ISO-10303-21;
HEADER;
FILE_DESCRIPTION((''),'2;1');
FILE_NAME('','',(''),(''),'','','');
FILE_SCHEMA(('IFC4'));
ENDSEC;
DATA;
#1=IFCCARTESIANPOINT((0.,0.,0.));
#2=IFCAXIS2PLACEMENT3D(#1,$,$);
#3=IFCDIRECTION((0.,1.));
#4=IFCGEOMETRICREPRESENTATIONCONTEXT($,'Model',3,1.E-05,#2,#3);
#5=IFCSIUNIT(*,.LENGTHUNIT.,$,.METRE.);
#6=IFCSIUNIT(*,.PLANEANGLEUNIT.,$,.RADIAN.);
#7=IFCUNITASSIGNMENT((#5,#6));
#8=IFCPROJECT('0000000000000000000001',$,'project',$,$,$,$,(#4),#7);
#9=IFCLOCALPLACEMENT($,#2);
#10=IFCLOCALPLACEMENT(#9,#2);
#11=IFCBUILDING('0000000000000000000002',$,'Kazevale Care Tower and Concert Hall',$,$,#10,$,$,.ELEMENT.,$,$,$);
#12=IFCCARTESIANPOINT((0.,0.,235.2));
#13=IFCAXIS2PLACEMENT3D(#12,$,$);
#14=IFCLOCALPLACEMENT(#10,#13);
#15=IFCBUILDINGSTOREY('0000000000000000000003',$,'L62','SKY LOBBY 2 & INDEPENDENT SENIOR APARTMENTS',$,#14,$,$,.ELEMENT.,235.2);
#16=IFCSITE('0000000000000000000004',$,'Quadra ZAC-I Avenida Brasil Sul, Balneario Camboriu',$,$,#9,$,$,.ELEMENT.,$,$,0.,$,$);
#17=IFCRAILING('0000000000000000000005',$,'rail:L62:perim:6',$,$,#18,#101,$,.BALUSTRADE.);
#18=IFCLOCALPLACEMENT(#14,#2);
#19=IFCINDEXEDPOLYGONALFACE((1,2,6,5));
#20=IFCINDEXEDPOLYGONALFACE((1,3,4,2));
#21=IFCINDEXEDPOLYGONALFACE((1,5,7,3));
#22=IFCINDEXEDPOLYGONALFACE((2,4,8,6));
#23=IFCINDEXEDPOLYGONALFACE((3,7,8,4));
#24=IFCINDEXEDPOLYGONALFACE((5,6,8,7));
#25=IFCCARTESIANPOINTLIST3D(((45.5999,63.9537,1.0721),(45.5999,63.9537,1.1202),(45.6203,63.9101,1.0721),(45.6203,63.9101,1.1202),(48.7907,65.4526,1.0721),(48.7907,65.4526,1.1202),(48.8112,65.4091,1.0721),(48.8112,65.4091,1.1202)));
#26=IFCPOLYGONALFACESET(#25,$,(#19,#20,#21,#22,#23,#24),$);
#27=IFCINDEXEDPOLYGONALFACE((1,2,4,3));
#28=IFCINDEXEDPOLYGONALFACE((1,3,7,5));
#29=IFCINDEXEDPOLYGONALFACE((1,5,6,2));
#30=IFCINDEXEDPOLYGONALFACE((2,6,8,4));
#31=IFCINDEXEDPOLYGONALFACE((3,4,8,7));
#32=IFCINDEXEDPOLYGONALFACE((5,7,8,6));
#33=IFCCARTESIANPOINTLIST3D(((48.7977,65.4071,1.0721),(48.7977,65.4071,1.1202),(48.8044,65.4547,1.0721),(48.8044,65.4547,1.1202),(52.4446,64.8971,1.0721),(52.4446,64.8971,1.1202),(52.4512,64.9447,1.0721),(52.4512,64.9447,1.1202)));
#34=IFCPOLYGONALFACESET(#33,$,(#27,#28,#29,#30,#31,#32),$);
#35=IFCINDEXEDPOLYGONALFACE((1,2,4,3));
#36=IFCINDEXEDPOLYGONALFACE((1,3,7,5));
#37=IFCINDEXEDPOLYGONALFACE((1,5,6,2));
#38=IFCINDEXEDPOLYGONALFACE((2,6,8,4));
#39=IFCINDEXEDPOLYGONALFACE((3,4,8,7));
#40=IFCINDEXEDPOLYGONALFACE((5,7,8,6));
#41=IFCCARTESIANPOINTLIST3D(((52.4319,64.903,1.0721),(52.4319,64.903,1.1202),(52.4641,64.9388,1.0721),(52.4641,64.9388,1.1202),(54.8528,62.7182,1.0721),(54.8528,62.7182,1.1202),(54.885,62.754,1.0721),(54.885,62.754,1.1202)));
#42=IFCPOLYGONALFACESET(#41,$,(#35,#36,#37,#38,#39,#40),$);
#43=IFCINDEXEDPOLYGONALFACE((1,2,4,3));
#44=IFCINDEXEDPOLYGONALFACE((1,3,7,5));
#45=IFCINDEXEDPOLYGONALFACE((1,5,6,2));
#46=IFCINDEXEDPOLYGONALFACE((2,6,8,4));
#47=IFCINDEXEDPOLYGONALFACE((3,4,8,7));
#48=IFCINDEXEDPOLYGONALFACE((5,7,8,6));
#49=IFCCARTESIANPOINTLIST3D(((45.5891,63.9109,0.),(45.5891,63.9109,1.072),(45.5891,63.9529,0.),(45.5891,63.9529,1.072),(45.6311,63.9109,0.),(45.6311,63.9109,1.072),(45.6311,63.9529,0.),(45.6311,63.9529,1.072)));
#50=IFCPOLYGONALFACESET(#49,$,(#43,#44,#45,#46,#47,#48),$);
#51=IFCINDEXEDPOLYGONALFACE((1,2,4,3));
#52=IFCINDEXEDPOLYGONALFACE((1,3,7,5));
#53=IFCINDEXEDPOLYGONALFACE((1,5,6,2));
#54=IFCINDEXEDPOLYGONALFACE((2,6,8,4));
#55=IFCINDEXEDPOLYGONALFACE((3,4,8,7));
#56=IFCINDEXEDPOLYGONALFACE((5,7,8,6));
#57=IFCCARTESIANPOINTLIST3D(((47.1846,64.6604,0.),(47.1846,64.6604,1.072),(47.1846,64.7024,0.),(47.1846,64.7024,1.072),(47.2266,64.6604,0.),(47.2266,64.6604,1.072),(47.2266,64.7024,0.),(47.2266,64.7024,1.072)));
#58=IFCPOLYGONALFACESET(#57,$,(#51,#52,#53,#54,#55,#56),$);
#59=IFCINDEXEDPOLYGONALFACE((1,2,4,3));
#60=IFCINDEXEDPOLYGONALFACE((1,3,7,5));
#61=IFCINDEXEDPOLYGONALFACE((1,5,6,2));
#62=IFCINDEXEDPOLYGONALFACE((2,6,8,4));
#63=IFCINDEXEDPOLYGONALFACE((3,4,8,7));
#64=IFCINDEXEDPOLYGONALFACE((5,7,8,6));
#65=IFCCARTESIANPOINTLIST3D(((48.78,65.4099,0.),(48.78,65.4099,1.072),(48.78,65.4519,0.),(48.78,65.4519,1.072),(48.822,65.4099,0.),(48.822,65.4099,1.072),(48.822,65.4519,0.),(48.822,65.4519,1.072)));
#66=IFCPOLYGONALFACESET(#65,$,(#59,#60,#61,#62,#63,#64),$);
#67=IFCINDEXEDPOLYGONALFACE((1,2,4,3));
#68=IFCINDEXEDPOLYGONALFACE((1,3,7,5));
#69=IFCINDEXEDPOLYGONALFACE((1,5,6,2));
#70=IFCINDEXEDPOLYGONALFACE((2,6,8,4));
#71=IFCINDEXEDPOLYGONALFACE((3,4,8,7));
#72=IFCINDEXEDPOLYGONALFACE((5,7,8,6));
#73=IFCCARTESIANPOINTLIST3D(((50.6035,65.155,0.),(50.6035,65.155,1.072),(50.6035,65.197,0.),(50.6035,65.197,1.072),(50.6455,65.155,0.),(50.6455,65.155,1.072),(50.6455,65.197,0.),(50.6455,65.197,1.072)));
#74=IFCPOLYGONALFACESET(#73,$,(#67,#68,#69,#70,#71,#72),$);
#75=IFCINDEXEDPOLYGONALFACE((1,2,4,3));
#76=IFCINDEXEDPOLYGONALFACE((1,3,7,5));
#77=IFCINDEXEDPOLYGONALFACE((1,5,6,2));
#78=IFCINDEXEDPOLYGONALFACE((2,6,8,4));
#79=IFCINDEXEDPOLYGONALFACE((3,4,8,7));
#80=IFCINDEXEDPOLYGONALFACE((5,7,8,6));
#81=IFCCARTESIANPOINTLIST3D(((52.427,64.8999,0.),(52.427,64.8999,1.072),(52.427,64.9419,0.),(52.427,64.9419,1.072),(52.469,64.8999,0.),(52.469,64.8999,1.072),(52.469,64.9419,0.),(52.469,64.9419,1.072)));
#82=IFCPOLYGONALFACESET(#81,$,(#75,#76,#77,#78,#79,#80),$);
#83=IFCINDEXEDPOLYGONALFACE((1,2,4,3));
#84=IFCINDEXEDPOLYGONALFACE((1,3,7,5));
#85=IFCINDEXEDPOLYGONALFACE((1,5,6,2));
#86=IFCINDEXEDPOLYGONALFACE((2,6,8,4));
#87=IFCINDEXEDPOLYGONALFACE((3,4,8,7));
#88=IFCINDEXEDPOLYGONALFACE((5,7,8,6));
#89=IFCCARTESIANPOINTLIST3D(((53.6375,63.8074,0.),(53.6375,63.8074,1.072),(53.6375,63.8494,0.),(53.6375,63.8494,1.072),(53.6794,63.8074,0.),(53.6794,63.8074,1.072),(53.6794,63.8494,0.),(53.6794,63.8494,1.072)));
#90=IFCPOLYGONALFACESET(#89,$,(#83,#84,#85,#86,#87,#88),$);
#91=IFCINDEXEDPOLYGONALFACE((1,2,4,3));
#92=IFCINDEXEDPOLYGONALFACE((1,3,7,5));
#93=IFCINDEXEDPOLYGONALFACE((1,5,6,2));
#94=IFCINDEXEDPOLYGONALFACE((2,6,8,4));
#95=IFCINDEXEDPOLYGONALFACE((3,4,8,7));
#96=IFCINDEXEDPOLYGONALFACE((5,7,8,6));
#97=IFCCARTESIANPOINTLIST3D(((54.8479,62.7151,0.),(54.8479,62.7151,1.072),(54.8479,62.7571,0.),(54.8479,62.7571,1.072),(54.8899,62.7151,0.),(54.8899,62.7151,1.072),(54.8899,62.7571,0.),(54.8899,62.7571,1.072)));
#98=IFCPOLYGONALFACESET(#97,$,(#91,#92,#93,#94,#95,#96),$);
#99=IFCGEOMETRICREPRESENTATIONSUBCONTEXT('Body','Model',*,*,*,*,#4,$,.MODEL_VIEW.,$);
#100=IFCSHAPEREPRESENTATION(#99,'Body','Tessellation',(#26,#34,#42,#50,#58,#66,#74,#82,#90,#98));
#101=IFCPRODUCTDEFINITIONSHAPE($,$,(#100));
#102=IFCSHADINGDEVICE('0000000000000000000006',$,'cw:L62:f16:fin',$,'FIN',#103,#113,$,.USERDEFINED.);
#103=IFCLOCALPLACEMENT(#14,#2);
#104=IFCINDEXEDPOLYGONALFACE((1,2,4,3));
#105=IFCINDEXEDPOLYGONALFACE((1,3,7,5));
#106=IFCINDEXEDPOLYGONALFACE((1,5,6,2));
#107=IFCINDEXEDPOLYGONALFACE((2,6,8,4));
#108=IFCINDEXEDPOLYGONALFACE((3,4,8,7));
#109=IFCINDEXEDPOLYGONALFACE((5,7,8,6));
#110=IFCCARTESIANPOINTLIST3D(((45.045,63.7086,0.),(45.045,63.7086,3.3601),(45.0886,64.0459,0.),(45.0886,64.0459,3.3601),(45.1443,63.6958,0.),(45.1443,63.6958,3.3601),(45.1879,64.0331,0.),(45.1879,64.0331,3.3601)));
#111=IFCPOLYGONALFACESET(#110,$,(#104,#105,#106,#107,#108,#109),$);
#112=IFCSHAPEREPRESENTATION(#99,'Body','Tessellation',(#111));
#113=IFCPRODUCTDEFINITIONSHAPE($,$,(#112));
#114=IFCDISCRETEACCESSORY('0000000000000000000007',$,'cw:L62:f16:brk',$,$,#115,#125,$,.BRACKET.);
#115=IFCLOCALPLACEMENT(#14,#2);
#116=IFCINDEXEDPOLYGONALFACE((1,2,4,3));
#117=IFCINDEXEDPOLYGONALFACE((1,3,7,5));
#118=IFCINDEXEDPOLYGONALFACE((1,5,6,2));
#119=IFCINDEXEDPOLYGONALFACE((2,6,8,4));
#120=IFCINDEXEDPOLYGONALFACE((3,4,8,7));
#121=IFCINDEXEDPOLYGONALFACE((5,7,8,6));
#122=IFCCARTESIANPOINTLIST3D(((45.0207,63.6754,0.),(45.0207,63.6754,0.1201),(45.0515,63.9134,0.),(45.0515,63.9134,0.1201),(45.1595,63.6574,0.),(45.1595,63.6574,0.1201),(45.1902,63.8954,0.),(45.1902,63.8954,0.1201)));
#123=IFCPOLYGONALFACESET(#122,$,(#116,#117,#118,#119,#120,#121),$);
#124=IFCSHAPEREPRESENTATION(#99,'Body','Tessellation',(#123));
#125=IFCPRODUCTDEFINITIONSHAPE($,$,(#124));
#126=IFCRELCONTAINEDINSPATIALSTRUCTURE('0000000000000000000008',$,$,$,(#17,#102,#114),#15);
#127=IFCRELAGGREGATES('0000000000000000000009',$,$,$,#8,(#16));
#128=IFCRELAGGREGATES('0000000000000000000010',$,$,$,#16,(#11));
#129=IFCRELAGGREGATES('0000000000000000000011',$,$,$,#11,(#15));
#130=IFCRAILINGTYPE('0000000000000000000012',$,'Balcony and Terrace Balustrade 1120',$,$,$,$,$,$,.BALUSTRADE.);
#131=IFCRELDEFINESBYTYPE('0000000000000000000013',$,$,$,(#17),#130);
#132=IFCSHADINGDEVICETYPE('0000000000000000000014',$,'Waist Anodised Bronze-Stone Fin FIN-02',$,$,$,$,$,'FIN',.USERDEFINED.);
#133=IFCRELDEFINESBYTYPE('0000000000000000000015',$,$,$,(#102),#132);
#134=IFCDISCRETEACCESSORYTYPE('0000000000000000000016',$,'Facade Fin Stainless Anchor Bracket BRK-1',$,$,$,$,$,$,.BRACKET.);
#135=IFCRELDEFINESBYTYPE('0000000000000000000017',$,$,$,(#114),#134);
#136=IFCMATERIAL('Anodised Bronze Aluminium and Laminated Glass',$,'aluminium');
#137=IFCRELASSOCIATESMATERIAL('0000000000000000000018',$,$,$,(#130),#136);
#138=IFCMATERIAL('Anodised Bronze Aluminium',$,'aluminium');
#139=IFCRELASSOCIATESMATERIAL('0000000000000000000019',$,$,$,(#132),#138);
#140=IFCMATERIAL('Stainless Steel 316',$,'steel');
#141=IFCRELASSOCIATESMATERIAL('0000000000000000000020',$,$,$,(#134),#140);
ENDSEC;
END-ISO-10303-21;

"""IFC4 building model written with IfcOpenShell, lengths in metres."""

from ifc_helpers import new_model, si_unit, direction, frame, origin, origin_2d, place, context, subcontext, project, spatial, rectangle, extrude, material, type_object, element, save


model = new_model("IFC4")

# Units and contexts
model_context = context("Model", 3, precision=1e-05, world=origin(), true_north=direction((0.0, 1.0)))
body_context = subcontext(model_context, "Body", "Model", "MODEL_VIEW")
ifc_project = project(units=[si_unit("LENGTHUNIT", "METRE"), si_unit("PLANEANGLEUNIT", "RADIAN")], contexts=[model_context])

# Site, building, storey
site_placement = place(None, origin())
site = spatial("IfcSite", under=ifc_project, at=site_placement, Name="Quadra ZAC-I Avenida Brasil Sul, Balneario Camboriu", CompositionType="ELEMENT", RefElevation=0.0)
building_placement = place(site_placement, origin())
building = spatial("IfcBuilding", under=site, at=building_placement, Name="Kazevale Care Tower and Concert Hall", CompositionType="ELEMENT")
storey_placement = place(building_placement, frame((0.0, 0.0, 235.2)))
storey = spatial("IfcBuildingStorey", under=building, at=storey_placement, Name="L62", Description="SKY LOBBY 2 & INDEPENDENT SENIOR APARTMENTS", CompositionType="ELEMENT", Elevation=235.2)

# Railing
ifc_material_1 = material(Name="Anodised Bronze Aluminium and Laminated Glass", Category="aluminium")
railing_type = type_object("IfcRailingType", Name="Balcony and Terrace Balustrade 1120", PredefinedType="BALUSTRADE", material=ifc_material_1)
railing_placement = place(storey_placement, frame((45.6101, 63.9319, 0.0)))
element("IfcRailing", 1, at=railing_placement, inside=storey, type_object=railing_type, Name="rail:L62:perim:6", PredefinedType="BALUSTRADE", context=body_context, shape_type="SweptSolid", body=[
    extrude(rectangle(XDim=0.0481, YDim=0.0481, at=origin_2d()), frame((0.0, 0.0, 1.0962), z_axis=(0.905101, 0.425197, 0.0), x_axis=(-0.425197, 0.905101, 0.0)), (0.0, 0.0, 1.0), 3.5254),
    extrude(rectangle(XDim=0.0481, YDim=0.0481, at=origin_2d()), frame((3.1909, 1.499, 1.0962), z_axis=(0.990363, -0.138497, 0.0), x_axis=(0.138497, 0.990363, 0.0)), (0.0, 0.0, 1.0), 3.6824),
    extrude(rectangle(XDim=0.0481, YDim=0.0481, at=origin_2d()), frame((6.8379, 0.989, 1.0962), z_axis=(0.742378, -0.669982, 0.0), x_axis=(0.669982, 0.742378, 0.0)), (0.0, 0.0, 1.0), 3.261),
    extrude(rectangle(XDim=0.042, YDim=0.042, at=origin_2d()), origin(), (0.0, 0.0, 1.0), 1.072),
    extrude(rectangle(XDim=0.042, YDim=0.042, at=origin_2d()), frame((1.5955, 0.7495, 0.0)), (0.0, 0.0, 1.0), 1.072),
    extrude(rectangle(XDim=0.042, YDim=0.042, at=origin_2d()), frame((3.1909, 1.499, 0.0)), (0.0, 0.0, 1.0), 1.072),
    extrude(rectangle(XDim=0.042, YDim=0.042, at=origin_2d()), frame((5.0144, 1.2441, 0.0)), (0.0, 0.0, 1.0), 1.072),
    extrude(rectangle(XDim=0.042, YDim=0.042, at=origin_2d()), frame((6.8379, 0.989, 0.0)), (0.0, 0.0, 1.0), 1.072),
    extrude(rectangle(XDim=0.042, YDim=0.042, at=origin_2d()), frame((8.0483, -0.1035, 0.0)), (0.0, 0.0, 1.0), 1.072),
    extrude(rectangle(XDim=0.042, YDim=0.042, at=origin_2d()), frame((9.2588, -1.1958, 0.0)), (0.0, 0.0, 1.0), 1.072),
])

# Shading device
ifc_material_2 = material(Name="Anodised Bronze Aluminium", Category="aluminium")
shading_device_type = type_object("IfcShadingDeviceType", Name="Waist Anodised Bronze-Stone Fin FIN-02", ElementType="FIN", PredefinedType="USERDEFINED", material=ifc_material_2)
shading_device_placement = place(storey_placement, frame((45.1165, 63.8708, 0.0), z_axis=(0.0, 0.0, 1.0), x_axis=(0.128103, 0.991761, 0.0)))
element("IfcShadingDevice", 2, at=shading_device_placement, inside=storey, type_object=shading_device_type, Name="cw:L62:f16:fin", ObjectType="FIN", PredefinedType="USERDEFINED", context=body_context, shape_type="SweptSolid", body=[
    extrude(rectangle(XDim=0.3401, YDim=0.1001, at=origin_2d()), origin(), (0.0, 0.0, 1.0), 3.3601),
])

# Discrete accessory
ifc_material_3 = material(Name="Stainless Steel 316", Category="steel")
discrete_accessory_type = type_object("IfcDiscreteAccessoryType", Name="Facade Fin Stainless Anchor Bracket BRK-1", PredefinedType="BRACKET", material=ifc_material_3)
discrete_accessory_placement = place(storey_placement, frame((45.1055, 63.7854, 0.0), z_axis=(0.0, 0.0, 1.0), x_axis=(0.128103, 0.991761, 0.0)))
element("IfcDiscreteAccessory", 3, at=discrete_accessory_placement, inside=storey, type_object=discrete_accessory_type, Name="cw:L62:f16:brk", PredefinedType="BRACKET", context=body_context, shape_type="SweptSolid", body=[
    extrude(rectangle(XDim=0.24, YDim=0.1399, at=origin_2d()), origin(), (0.0, 0.0, 1.0), 0.1201),
])

save(model, "model.ifc")
